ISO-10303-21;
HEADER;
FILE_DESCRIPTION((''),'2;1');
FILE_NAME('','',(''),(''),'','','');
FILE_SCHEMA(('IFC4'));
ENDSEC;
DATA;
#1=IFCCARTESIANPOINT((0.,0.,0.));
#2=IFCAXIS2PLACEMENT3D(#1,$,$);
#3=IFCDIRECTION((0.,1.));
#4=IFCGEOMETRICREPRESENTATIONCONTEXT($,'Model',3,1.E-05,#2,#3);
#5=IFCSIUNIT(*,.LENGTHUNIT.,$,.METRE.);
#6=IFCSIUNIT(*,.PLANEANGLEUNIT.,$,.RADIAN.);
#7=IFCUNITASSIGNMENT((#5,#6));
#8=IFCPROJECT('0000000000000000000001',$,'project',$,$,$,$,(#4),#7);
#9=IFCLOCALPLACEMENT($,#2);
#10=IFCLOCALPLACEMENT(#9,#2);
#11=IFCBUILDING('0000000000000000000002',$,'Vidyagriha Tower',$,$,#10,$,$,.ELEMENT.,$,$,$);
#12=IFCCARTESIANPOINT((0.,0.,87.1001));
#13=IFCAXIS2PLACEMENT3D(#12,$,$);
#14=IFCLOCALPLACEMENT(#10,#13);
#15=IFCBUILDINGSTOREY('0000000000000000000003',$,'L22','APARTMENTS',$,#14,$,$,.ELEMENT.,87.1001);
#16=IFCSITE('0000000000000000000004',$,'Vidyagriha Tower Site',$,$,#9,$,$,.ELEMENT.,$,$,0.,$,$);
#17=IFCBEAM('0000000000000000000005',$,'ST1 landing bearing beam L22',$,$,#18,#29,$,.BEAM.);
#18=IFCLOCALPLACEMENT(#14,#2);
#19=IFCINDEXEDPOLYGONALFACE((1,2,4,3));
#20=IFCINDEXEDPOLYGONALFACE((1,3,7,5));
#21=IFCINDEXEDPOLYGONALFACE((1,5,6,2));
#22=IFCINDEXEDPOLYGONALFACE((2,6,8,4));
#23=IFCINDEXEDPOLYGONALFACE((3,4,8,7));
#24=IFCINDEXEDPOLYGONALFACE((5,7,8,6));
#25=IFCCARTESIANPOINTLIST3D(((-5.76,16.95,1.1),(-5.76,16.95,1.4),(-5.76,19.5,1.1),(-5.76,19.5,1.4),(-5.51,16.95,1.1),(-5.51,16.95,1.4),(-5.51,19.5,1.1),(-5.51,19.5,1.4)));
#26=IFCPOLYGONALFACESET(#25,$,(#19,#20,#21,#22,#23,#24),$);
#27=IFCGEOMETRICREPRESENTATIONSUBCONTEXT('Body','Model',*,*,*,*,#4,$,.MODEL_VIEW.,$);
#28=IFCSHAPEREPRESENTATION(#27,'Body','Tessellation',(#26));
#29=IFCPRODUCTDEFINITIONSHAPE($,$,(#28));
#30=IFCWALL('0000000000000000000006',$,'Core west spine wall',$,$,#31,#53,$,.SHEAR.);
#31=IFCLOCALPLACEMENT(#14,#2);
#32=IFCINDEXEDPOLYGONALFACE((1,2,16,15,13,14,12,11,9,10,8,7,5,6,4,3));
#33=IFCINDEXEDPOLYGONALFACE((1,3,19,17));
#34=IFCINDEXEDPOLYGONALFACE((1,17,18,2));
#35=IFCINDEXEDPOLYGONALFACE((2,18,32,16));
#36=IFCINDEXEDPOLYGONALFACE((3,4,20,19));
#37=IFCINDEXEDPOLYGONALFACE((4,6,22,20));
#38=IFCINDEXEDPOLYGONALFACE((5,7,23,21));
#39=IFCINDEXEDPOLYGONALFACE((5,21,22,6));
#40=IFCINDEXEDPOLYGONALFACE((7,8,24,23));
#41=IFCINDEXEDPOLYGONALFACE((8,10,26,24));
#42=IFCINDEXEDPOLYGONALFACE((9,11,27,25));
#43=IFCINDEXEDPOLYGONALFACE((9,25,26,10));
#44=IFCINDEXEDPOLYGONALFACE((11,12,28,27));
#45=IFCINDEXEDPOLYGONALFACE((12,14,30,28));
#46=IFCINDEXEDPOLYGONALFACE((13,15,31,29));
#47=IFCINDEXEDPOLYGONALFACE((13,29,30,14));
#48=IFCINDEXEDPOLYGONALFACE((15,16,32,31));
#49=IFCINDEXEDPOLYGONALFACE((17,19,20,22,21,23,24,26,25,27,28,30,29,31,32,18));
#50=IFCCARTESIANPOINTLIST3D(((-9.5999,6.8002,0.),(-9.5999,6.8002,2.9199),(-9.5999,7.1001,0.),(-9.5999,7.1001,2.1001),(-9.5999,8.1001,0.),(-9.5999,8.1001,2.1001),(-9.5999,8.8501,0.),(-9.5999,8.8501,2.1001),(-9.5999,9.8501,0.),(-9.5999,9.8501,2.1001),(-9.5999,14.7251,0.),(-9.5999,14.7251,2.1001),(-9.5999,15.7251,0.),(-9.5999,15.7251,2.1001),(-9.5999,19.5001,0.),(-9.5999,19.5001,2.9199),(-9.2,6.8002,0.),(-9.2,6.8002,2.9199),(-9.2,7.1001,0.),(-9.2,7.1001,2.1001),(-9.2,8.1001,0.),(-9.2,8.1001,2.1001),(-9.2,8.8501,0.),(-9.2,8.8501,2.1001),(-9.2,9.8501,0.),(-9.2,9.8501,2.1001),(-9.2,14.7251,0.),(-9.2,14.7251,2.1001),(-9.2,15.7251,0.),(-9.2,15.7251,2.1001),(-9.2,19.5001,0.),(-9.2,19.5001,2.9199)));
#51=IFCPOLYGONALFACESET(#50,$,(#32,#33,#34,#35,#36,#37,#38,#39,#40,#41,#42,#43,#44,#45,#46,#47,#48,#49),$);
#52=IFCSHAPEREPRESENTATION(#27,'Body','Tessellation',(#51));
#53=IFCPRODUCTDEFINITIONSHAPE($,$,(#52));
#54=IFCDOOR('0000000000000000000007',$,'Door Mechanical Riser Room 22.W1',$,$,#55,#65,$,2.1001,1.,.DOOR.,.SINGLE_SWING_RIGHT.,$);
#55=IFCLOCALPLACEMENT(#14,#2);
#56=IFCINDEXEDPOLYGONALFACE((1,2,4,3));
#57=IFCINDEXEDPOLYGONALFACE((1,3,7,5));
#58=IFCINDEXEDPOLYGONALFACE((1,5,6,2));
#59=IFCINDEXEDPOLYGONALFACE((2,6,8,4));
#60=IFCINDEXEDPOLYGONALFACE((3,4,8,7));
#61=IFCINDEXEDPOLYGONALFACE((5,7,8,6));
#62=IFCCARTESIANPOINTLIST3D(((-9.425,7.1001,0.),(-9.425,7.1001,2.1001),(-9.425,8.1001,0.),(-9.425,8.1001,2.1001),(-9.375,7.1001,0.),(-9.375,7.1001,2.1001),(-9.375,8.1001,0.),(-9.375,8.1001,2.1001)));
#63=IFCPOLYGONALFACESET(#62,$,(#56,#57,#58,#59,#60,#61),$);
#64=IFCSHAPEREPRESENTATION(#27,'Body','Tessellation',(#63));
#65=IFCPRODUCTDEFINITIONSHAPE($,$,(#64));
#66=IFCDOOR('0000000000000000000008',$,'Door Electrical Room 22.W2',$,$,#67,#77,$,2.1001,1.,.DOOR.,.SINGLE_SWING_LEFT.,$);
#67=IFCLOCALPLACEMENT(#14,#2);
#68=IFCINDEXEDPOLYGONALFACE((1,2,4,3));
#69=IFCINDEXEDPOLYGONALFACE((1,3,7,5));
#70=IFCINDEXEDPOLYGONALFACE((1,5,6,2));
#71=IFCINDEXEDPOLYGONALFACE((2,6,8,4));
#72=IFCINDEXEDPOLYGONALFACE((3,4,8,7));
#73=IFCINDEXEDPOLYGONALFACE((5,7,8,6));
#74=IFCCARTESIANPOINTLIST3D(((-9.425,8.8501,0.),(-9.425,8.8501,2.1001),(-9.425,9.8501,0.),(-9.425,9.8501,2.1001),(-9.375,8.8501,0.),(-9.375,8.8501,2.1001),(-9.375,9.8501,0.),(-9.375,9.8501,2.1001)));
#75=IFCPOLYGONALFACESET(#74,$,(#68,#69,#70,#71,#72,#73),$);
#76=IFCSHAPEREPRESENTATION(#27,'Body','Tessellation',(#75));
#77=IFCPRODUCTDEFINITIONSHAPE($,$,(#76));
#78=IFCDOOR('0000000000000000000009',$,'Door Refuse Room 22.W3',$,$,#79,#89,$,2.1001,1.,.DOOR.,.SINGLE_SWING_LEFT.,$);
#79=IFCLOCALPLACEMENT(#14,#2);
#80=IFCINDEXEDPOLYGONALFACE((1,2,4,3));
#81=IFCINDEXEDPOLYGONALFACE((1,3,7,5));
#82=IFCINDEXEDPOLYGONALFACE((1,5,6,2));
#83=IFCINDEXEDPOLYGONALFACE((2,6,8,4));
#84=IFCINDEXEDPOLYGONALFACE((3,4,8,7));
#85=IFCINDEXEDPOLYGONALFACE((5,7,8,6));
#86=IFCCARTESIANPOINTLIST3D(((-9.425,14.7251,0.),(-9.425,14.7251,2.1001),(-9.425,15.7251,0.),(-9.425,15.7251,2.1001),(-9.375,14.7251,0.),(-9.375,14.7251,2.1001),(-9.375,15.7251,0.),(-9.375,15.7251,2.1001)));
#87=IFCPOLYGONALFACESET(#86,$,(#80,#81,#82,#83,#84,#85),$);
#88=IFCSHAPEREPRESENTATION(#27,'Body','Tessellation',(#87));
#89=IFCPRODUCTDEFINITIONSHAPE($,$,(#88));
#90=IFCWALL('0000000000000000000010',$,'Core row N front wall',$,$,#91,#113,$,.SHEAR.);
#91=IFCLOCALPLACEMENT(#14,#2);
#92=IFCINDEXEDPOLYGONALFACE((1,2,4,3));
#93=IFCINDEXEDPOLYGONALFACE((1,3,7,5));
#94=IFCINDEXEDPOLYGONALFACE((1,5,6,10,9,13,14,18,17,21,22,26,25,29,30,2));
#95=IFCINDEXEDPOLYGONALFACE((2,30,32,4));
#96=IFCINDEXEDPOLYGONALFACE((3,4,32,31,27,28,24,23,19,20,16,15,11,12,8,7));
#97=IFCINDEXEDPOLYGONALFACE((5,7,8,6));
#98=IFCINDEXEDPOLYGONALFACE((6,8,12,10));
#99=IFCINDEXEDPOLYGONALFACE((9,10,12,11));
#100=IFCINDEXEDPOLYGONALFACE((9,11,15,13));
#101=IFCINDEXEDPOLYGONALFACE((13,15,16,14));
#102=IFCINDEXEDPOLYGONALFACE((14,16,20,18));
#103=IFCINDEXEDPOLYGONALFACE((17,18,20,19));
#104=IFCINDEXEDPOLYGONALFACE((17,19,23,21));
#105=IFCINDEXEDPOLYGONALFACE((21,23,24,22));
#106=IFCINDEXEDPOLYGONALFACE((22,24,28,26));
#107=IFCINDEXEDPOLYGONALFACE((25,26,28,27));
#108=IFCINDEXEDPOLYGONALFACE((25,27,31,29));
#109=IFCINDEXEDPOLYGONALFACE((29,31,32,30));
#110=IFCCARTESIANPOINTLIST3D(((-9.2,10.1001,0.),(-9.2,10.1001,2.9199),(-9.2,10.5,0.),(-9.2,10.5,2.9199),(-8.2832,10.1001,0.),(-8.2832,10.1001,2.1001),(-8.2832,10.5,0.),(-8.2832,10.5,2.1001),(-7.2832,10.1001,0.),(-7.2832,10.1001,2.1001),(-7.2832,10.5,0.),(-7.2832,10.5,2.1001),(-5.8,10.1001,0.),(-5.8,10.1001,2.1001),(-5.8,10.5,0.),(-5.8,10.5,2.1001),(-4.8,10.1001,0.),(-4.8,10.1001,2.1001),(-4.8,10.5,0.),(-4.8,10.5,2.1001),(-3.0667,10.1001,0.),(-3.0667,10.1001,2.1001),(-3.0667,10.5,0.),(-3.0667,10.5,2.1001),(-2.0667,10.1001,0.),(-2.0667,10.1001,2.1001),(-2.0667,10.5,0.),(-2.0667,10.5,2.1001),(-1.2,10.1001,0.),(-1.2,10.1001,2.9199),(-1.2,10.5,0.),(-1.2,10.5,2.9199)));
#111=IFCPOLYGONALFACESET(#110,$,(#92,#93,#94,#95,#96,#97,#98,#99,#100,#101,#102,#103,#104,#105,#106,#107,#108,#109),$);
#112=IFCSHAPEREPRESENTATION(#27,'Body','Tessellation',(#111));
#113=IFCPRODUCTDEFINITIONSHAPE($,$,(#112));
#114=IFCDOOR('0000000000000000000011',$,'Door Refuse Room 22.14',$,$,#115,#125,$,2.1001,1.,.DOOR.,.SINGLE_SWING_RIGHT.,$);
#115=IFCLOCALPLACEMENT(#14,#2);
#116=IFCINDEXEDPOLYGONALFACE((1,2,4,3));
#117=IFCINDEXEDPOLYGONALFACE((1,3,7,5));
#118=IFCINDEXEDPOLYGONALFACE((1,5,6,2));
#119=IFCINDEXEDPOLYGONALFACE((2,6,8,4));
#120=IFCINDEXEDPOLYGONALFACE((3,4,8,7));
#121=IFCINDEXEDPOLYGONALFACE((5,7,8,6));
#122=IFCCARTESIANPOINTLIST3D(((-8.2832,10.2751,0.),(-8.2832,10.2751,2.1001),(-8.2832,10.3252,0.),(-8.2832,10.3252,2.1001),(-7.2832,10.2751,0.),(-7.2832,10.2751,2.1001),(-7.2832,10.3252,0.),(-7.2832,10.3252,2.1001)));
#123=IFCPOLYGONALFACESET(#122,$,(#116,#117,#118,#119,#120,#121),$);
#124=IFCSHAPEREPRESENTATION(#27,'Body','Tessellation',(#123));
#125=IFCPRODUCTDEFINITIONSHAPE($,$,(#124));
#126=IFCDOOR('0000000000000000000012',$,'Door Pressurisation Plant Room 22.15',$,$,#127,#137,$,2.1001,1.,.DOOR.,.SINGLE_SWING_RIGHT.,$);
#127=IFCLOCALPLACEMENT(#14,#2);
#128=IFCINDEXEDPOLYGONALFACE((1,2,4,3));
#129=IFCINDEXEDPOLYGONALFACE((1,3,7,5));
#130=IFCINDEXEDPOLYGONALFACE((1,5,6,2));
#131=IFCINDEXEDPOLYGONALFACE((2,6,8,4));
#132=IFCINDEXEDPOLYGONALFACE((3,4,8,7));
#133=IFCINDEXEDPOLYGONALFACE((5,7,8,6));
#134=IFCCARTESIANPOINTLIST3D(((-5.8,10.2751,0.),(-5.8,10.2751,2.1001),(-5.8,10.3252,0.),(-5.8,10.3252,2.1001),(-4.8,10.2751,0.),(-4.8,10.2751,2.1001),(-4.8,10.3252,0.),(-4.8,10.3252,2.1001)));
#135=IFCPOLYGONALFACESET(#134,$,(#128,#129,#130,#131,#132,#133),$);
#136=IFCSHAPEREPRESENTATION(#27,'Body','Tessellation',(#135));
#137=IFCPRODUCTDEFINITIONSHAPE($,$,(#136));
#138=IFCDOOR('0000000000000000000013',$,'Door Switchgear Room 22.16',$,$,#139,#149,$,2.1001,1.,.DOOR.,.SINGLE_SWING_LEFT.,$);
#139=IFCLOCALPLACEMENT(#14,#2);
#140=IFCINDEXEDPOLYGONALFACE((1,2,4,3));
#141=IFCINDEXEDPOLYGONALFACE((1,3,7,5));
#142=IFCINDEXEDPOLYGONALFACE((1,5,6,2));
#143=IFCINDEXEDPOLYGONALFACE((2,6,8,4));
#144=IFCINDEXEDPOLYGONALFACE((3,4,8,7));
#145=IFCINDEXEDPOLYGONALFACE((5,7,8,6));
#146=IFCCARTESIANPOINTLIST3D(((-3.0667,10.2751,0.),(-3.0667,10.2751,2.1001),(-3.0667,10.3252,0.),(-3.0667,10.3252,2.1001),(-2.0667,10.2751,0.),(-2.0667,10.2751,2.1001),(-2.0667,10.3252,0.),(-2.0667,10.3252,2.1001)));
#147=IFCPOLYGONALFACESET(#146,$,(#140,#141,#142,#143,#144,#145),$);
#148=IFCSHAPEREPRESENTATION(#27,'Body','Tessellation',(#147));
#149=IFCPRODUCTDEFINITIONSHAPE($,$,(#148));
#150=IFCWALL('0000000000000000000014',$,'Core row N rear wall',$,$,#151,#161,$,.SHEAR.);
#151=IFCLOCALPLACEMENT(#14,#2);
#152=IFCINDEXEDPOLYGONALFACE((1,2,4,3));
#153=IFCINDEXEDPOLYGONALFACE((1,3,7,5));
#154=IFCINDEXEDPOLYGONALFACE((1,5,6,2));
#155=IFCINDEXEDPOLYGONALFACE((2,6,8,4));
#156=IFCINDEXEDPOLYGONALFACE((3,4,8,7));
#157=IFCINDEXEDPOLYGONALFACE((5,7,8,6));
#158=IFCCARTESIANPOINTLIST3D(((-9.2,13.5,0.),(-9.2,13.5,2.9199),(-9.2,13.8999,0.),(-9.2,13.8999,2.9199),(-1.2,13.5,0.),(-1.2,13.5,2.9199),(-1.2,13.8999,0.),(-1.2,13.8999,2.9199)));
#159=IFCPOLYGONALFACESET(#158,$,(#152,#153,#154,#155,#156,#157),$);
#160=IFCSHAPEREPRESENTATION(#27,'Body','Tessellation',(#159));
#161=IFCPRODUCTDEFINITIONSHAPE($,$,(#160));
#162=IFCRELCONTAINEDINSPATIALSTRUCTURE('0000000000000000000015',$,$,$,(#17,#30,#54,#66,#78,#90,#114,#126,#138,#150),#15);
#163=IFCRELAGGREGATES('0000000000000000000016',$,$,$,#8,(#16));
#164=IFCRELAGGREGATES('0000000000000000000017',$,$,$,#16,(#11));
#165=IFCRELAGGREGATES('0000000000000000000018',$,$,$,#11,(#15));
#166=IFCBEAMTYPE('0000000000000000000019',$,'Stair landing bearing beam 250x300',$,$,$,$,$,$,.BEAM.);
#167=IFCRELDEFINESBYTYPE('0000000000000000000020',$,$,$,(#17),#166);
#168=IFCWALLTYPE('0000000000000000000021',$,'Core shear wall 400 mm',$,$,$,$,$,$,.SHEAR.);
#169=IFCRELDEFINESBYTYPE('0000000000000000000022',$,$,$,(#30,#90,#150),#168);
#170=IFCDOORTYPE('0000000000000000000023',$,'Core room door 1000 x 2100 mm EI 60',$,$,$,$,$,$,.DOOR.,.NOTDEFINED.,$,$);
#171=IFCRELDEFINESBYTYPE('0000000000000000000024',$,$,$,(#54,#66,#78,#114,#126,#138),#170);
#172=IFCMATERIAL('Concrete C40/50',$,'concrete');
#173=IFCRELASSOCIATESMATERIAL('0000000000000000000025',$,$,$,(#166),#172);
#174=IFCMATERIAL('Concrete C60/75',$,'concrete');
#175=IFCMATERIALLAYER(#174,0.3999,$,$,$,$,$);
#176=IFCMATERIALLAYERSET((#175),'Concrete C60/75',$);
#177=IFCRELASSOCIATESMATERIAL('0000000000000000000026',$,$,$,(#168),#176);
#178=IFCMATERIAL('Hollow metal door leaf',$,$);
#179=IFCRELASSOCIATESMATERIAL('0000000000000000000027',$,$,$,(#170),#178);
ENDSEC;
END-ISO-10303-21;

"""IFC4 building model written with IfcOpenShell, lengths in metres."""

from ifc_helpers import new_model, si_unit, direction, frame, frame_2d, origin, origin_2d, place, context, subcontext, project, spatial, rectangle, extrude, material, layer, layer_set, material_profile, profile_set, type_object, element, fill, save


model = new_model("IFC4")

# Units and contexts
model_context = context("Model", 3, precision=1e-05, world=origin(), true_north=direction((0.0, 1.0)))
body_context = subcontext(model_context, "Body", "Model", "MODEL_VIEW")
ifc_project = project(units=[si_unit("LENGTHUNIT", "METRE"), si_unit("PLANEANGLEUNIT", "RADIAN")], contexts=[model_context])

# Site, building, storey
site_placement = place(None, origin())
site = spatial("IfcSite", under=ifc_project, at=site_placement, Name="Vidyagriha Tower Site", CompositionType="ELEMENT", RefElevation=0.0)
building_placement = place(site_placement, origin())
building = spatial("IfcBuilding", under=site, at=building_placement, Name="Vidyagriha Tower", CompositionType="ELEMENT")
storey_placement = place(building_placement, frame((0.0, 0.0, 87.1001)))
storey = spatial("IfcBuildingStorey", under=building, at=storey_placement, Name="L22", Description="APARTMENTS", CompositionType="ELEMENT", Elevation=87.1001)

# Beam
ifc_material_1 = material(Name="Concrete C40/50", Category="concrete")
ifc_material_profile = material_profile(ifc_material_1, rectangle(XDim=0.25, YDim=0.3, at=origin_2d()), Name="Stair landing bearing beam 250x300")
ifc_profile_set = profile_set([ifc_material_profile], Name="Concrete C40/50")
beam_type = type_object("IfcBeamType", Name="Stair landing bearing beam 250x300", PredefinedType="BEAM", material=ifc_profile_set)
beam_placement = place(storey_placement, frame((-5.635, 16.95, 1.25), z_axis=(0.0, 1.0, 0.0), x_axis=(-1.0, 0.0, 0.0)))
element("IfcBeam", 1, at=beam_placement, inside=storey, type_object=beam_type, Name="ST1 landing bearing beam L22", PredefinedType="BEAM", context=body_context, shape_type="SweptSolid", body=[
    extrude(rectangle(XDim=0.25, YDim=0.3, at=origin_2d()), origin(), (0.0, 0.0, 1.0), 2.55),
])

# Walls, openings, doors
ifc_material_2 = material(Name="Concrete C60/75", Category="concrete")
ifc_layer_1 = layer(ifc_material_2, 0.3999)
ifc_layer_set_1 = layer_set([ifc_layer_1], Name="Concrete C60/75")
wall_type_1 = type_object("IfcWallType", Name="Core shear wall 400 mm", PredefinedType="SHEAR", material=ifc_layer_set_1)
wall_1_placement = place(storey_placement, frame((-9.3999, 6.8, 0.0), z_axis=(0.0, 0.0, 1.0), x_axis=(0.0, 1.0, 0.0)))
wall_1 = element("IfcWall", 2, at=wall_1_placement, inside=storey, type_object=wall_type_1, Name="Core west spine wall", PredefinedType="SHEAR", context=body_context, shape_type="SweptSolid", body=[
    extrude(rectangle(XDim=12.7, YDim=0.3999, at=frame_2d((6.3501, 0.0))), origin(), (0.0, 0.0, 1.0), 2.9199),
])
opening_1_placement = place(wall_1_placement, frame((0.3, 0.0, 0.0)))
opening_1 = element("IfcOpeningElement", 3, at=opening_1_placement, cuts=wall_1, PredefinedType="OPENING", context=body_context, shape_type="SweptSolid", body=[
    extrude(rectangle(XDim=1.0, YDim=2.1001, at=frame_2d((0.5, 1.05))), frame((0.0, 0.21, 0.0), z_axis=(0.0, -1.0, 0.0), x_axis=(1.0, 0.0, 0.0)), (0.0, 0.0, 1.0), 0.4199),
])
opening_2_placement = place(wall_1_placement, frame((2.05, 0.0, 0.0)))
opening_2 = element("IfcOpeningElement", 4, at=opening_2_placement, cuts=wall_1, PredefinedType="OPENING", context=body_context, shape_type="SweptSolid", body=[
    extrude(rectangle(XDim=1.0, YDim=2.1001, at=frame_2d((0.5, 1.05))), frame((0.0, 0.21, 0.0), z_axis=(0.0, -1.0, 0.0), x_axis=(1.0, 0.0, 0.0)), (0.0, 0.0, 1.0), 0.4199),
])
opening_3_placement = place(wall_1_placement, frame((7.925, 0.0, 0.0)))
opening_3 = element("IfcOpeningElement", 5, at=opening_3_placement, cuts=wall_1, PredefinedType="OPENING", context=body_context, shape_type="SweptSolid", body=[
    extrude(rectangle(XDim=1.0, YDim=2.1001, at=frame_2d((0.5, 1.05))), frame((0.0, 0.21, 0.0), z_axis=(0.0, -1.0, 0.0), x_axis=(1.0, 0.0, 0.0)), (0.0, 0.0, 1.0), 0.4199),
])
ifc_material_3 = material(Name="Hollow metal door leaf")
door_type_1 = type_object("IfcDoorType", Name="Core room door 1000 x 2100 mm EI 60", OperationType="NOTDEFINED", PredefinedType="DOOR", material=ifc_material_3)
door_1_placement = place(opening_1_placement, frame((1.0, 0.0, 0.0), z_axis=(0.0, 0.0, 1.0), x_axis=(-1.0, 0.0, 0.0)))
door_1 = element("IfcDoor", 6, at=door_1_placement, inside=storey, type_object=door_type_1, Name="Door Mechanical Riser Room 22.W1", OperationType="SINGLE_SWING_RIGHT", OverallHeight=2.1001, OverallWidth=1.0, PredefinedType="DOOR", context=body_context, shape_type="SweptSolid", body=[
    extrude(rectangle(XDim=1.0, YDim=2.1001, at=frame_2d((0.5, 1.05))), frame((0.0, 0.0249, 0.0), z_axis=(0.0, -1.0, 0.0), x_axis=(1.0, 0.0, 0.0)), (0.0, 0.0, 1.0), 0.05),
])
fill(opening_1, door_1)
door_2_placement = place(opening_2_placement, frame((1.0, 0.0, 0.0), z_axis=(0.0, 0.0, 1.0), x_axis=(-1.0, 0.0, 0.0)))
door_2 = element("IfcDoor", 7, at=door_2_placement, inside=storey, type_object=door_type_1, Name="Door Electrical Room 22.W2", OperationType="SINGLE_SWING_LEFT", OverallHeight=2.1001, OverallWidth=1.0, PredefinedType="DOOR", context=body_context, shape_type="SweptSolid", body=[
    extrude(rectangle(XDim=1.0, YDim=2.1001, at=frame_2d((0.5, 1.05))), frame((0.0, 0.0249, 0.0), z_axis=(0.0, -1.0, 0.0), x_axis=(1.0, 0.0, 0.0)), (0.0, 0.0, 1.0), 0.05),
])
fill(opening_2, door_2)
door_3_placement = place(opening_3_placement, frame((1.0, 0.0, 0.0), z_axis=(0.0, 0.0, 1.0), x_axis=(-1.0, 0.0, 0.0)))
door_3 = element("IfcDoor", 8, at=door_3_placement, inside=storey, type_object=door_type_1, Name="Door Refuse Room 22.W3", OperationType="SINGLE_SWING_LEFT", OverallHeight=2.1001, OverallWidth=1.0, PredefinedType="DOOR", context=body_context, shape_type="SweptSolid", body=[
    extrude(rectangle(XDim=1.0, YDim=2.1001, at=frame_2d((0.5, 1.05))), frame((0.0, 0.0249, 0.0), z_axis=(0.0, -1.0, 0.0), x_axis=(1.0, 0.0, 0.0)), (0.0, 0.0, 1.0), 0.05),
])
fill(opening_3, door_3)
wall_2_placement = place(storey_placement, frame((-9.2, 10.3, 0.0)))
wall_2 = element("IfcWall", 9, at=wall_2_placement, inside=storey, type_object=wall_type_1, Name="Core row N front wall", PredefinedType="SHEAR", context=body_context, shape_type="SweptSolid", body=[
    extrude(rectangle(XDim=8.0, YDim=0.3999, at=frame_2d((4.0, 0.0))), origin(), (0.0, 0.0, 1.0), 2.9199),
])
opening_4_placement = place(wall_2_placement, frame((0.9167, 0.0, 0.0)))
opening_4 = element("IfcOpeningElement", 10, at=opening_4_placement, cuts=wall_2, PredefinedType="OPENING", context=body_context, shape_type="SweptSolid", body=[
    extrude(rectangle(XDim=1.0, YDim=2.1001, at=frame_2d((0.5, 1.05))), frame((0.0, 0.21, 0.0), z_axis=(0.0, -1.0, 0.0), x_axis=(1.0, 0.0, 0.0)), (0.0, 0.0, 1.0), 0.4199),
])
opening_5_placement = place(wall_2_placement, frame((3.3999, 0.0, 0.0)))
opening_5 = element("IfcOpeningElement", 11, at=opening_5_placement, cuts=wall_2, PredefinedType="OPENING", context=body_context, shape_type="SweptSolid", body=[
    extrude(rectangle(XDim=1.0, YDim=2.1001, at=frame_2d((0.5, 1.05))), frame((0.0, 0.21, 0.0), z_axis=(0.0, -1.0, 0.0), x_axis=(1.0, 0.0, 0.0)), (0.0, 0.0, 1.0), 0.4199),
])
opening_6_placement = place(wall_2_placement, frame((6.1333, 0.0, 0.0)))
opening_6 = element("IfcOpeningElement", 12, at=opening_6_placement, cuts=wall_2, PredefinedType="OPENING", context=body_context, shape_type="SweptSolid", body=[
    extrude(rectangle(XDim=1.0, YDim=2.1001, at=frame_2d((0.5, 1.05))), frame((0.0, 0.21, 0.0), z_axis=(0.0, -1.0, 0.0), x_axis=(1.0, 0.0, 0.0)), (0.0, 0.0, 1.0), 0.4199),
])
door_4_placement = place(opening_4_placement, frame((1.0, 0.0, 0.0), z_axis=(0.0, 0.0, 1.0), x_axis=(-1.0, 0.0, 0.0)))
door_4 = element("IfcDoor", 13, at=door_4_placement, inside=storey, type_object=door_type_1, Name="Door Refuse Room 22.14", OperationType="SINGLE_SWING_RIGHT", OverallHeight=2.1001, OverallWidth=1.0, PredefinedType="DOOR", context=body_context, shape_type="SweptSolid", body=[
    extrude(rectangle(XDim=1.0, YDim=2.1001, at=frame_2d((0.5, 1.05))), frame((0.0, 0.0249, 0.0), z_axis=(0.0, -1.0, 0.0), x_axis=(1.0, 0.0, 0.0)), (0.0, 0.0, 1.0), 0.05),
])
fill(opening_4, door_4)
door_5_placement = place(opening_5_placement, frame((1.0, 0.0, 0.0), z_axis=(0.0, 0.0, 1.0), x_axis=(-1.0, 0.0, 0.0)))
door_5 = element("IfcDoor", 14, at=door_5_placement, inside=storey, type_object=door_type_1, Name="Door Pressurisation Plant Room 22.15", OperationType="SINGLE_SWING_RIGHT", OverallHeight=2.1001, OverallWidth=1.0, PredefinedType="DOOR", context=body_context, shape_type="SweptSolid", body=[
    extrude(rectangle(XDim=1.0, YDim=2.1001, at=frame_2d((0.5, 1.05))), frame((0.0, 0.0249, 0.0), z_axis=(0.0, -1.0, 0.0), x_axis=(1.0, 0.0, 0.0)), (0.0, 0.0, 1.0), 0.05),
])
fill(opening_5, door_5)
door_6_placement = place(opening_6_placement, frame((1.0, 0.0, 0.0), z_axis=(0.0, 0.0, 1.0), x_axis=(-1.0, 0.0, 0.0)))
door_6 = element("IfcDoor", 15, at=door_6_placement, inside=storey, type_object=door_type_1, Name="Door Switchgear Room 22.16", OperationType="SINGLE_SWING_LEFT", OverallHeight=2.1001, OverallWidth=1.0, PredefinedType="DOOR", context=body_context, shape_type="SweptSolid", body=[
    extrude(rectangle(XDim=1.0, YDim=2.1001, at=frame_2d((0.5, 1.05))), frame((0.0, 0.0249, 0.0), z_axis=(0.0, -1.0, 0.0), x_axis=(1.0, 0.0, 0.0)), (0.0, 0.0, 1.0), 0.05),
])
fill(opening_6, door_6)

# Wall
wall_3_placement = place(storey_placement, frame((-9.2, 13.7, 0.0)))
element("IfcWall", 16, at=wall_3_placement, inside=storey, type_object=wall_type_1, Name="Core row N rear wall", PredefinedType="SHEAR", context=body_context, shape_type="SweptSolid", body=[
    extrude(rectangle(XDim=8.0, YDim=0.3999, at=frame_2d((4.0, 0.0))), origin(), (0.0, 0.0, 1.0), 2.9199),
])

save(model, "model.ifc")
